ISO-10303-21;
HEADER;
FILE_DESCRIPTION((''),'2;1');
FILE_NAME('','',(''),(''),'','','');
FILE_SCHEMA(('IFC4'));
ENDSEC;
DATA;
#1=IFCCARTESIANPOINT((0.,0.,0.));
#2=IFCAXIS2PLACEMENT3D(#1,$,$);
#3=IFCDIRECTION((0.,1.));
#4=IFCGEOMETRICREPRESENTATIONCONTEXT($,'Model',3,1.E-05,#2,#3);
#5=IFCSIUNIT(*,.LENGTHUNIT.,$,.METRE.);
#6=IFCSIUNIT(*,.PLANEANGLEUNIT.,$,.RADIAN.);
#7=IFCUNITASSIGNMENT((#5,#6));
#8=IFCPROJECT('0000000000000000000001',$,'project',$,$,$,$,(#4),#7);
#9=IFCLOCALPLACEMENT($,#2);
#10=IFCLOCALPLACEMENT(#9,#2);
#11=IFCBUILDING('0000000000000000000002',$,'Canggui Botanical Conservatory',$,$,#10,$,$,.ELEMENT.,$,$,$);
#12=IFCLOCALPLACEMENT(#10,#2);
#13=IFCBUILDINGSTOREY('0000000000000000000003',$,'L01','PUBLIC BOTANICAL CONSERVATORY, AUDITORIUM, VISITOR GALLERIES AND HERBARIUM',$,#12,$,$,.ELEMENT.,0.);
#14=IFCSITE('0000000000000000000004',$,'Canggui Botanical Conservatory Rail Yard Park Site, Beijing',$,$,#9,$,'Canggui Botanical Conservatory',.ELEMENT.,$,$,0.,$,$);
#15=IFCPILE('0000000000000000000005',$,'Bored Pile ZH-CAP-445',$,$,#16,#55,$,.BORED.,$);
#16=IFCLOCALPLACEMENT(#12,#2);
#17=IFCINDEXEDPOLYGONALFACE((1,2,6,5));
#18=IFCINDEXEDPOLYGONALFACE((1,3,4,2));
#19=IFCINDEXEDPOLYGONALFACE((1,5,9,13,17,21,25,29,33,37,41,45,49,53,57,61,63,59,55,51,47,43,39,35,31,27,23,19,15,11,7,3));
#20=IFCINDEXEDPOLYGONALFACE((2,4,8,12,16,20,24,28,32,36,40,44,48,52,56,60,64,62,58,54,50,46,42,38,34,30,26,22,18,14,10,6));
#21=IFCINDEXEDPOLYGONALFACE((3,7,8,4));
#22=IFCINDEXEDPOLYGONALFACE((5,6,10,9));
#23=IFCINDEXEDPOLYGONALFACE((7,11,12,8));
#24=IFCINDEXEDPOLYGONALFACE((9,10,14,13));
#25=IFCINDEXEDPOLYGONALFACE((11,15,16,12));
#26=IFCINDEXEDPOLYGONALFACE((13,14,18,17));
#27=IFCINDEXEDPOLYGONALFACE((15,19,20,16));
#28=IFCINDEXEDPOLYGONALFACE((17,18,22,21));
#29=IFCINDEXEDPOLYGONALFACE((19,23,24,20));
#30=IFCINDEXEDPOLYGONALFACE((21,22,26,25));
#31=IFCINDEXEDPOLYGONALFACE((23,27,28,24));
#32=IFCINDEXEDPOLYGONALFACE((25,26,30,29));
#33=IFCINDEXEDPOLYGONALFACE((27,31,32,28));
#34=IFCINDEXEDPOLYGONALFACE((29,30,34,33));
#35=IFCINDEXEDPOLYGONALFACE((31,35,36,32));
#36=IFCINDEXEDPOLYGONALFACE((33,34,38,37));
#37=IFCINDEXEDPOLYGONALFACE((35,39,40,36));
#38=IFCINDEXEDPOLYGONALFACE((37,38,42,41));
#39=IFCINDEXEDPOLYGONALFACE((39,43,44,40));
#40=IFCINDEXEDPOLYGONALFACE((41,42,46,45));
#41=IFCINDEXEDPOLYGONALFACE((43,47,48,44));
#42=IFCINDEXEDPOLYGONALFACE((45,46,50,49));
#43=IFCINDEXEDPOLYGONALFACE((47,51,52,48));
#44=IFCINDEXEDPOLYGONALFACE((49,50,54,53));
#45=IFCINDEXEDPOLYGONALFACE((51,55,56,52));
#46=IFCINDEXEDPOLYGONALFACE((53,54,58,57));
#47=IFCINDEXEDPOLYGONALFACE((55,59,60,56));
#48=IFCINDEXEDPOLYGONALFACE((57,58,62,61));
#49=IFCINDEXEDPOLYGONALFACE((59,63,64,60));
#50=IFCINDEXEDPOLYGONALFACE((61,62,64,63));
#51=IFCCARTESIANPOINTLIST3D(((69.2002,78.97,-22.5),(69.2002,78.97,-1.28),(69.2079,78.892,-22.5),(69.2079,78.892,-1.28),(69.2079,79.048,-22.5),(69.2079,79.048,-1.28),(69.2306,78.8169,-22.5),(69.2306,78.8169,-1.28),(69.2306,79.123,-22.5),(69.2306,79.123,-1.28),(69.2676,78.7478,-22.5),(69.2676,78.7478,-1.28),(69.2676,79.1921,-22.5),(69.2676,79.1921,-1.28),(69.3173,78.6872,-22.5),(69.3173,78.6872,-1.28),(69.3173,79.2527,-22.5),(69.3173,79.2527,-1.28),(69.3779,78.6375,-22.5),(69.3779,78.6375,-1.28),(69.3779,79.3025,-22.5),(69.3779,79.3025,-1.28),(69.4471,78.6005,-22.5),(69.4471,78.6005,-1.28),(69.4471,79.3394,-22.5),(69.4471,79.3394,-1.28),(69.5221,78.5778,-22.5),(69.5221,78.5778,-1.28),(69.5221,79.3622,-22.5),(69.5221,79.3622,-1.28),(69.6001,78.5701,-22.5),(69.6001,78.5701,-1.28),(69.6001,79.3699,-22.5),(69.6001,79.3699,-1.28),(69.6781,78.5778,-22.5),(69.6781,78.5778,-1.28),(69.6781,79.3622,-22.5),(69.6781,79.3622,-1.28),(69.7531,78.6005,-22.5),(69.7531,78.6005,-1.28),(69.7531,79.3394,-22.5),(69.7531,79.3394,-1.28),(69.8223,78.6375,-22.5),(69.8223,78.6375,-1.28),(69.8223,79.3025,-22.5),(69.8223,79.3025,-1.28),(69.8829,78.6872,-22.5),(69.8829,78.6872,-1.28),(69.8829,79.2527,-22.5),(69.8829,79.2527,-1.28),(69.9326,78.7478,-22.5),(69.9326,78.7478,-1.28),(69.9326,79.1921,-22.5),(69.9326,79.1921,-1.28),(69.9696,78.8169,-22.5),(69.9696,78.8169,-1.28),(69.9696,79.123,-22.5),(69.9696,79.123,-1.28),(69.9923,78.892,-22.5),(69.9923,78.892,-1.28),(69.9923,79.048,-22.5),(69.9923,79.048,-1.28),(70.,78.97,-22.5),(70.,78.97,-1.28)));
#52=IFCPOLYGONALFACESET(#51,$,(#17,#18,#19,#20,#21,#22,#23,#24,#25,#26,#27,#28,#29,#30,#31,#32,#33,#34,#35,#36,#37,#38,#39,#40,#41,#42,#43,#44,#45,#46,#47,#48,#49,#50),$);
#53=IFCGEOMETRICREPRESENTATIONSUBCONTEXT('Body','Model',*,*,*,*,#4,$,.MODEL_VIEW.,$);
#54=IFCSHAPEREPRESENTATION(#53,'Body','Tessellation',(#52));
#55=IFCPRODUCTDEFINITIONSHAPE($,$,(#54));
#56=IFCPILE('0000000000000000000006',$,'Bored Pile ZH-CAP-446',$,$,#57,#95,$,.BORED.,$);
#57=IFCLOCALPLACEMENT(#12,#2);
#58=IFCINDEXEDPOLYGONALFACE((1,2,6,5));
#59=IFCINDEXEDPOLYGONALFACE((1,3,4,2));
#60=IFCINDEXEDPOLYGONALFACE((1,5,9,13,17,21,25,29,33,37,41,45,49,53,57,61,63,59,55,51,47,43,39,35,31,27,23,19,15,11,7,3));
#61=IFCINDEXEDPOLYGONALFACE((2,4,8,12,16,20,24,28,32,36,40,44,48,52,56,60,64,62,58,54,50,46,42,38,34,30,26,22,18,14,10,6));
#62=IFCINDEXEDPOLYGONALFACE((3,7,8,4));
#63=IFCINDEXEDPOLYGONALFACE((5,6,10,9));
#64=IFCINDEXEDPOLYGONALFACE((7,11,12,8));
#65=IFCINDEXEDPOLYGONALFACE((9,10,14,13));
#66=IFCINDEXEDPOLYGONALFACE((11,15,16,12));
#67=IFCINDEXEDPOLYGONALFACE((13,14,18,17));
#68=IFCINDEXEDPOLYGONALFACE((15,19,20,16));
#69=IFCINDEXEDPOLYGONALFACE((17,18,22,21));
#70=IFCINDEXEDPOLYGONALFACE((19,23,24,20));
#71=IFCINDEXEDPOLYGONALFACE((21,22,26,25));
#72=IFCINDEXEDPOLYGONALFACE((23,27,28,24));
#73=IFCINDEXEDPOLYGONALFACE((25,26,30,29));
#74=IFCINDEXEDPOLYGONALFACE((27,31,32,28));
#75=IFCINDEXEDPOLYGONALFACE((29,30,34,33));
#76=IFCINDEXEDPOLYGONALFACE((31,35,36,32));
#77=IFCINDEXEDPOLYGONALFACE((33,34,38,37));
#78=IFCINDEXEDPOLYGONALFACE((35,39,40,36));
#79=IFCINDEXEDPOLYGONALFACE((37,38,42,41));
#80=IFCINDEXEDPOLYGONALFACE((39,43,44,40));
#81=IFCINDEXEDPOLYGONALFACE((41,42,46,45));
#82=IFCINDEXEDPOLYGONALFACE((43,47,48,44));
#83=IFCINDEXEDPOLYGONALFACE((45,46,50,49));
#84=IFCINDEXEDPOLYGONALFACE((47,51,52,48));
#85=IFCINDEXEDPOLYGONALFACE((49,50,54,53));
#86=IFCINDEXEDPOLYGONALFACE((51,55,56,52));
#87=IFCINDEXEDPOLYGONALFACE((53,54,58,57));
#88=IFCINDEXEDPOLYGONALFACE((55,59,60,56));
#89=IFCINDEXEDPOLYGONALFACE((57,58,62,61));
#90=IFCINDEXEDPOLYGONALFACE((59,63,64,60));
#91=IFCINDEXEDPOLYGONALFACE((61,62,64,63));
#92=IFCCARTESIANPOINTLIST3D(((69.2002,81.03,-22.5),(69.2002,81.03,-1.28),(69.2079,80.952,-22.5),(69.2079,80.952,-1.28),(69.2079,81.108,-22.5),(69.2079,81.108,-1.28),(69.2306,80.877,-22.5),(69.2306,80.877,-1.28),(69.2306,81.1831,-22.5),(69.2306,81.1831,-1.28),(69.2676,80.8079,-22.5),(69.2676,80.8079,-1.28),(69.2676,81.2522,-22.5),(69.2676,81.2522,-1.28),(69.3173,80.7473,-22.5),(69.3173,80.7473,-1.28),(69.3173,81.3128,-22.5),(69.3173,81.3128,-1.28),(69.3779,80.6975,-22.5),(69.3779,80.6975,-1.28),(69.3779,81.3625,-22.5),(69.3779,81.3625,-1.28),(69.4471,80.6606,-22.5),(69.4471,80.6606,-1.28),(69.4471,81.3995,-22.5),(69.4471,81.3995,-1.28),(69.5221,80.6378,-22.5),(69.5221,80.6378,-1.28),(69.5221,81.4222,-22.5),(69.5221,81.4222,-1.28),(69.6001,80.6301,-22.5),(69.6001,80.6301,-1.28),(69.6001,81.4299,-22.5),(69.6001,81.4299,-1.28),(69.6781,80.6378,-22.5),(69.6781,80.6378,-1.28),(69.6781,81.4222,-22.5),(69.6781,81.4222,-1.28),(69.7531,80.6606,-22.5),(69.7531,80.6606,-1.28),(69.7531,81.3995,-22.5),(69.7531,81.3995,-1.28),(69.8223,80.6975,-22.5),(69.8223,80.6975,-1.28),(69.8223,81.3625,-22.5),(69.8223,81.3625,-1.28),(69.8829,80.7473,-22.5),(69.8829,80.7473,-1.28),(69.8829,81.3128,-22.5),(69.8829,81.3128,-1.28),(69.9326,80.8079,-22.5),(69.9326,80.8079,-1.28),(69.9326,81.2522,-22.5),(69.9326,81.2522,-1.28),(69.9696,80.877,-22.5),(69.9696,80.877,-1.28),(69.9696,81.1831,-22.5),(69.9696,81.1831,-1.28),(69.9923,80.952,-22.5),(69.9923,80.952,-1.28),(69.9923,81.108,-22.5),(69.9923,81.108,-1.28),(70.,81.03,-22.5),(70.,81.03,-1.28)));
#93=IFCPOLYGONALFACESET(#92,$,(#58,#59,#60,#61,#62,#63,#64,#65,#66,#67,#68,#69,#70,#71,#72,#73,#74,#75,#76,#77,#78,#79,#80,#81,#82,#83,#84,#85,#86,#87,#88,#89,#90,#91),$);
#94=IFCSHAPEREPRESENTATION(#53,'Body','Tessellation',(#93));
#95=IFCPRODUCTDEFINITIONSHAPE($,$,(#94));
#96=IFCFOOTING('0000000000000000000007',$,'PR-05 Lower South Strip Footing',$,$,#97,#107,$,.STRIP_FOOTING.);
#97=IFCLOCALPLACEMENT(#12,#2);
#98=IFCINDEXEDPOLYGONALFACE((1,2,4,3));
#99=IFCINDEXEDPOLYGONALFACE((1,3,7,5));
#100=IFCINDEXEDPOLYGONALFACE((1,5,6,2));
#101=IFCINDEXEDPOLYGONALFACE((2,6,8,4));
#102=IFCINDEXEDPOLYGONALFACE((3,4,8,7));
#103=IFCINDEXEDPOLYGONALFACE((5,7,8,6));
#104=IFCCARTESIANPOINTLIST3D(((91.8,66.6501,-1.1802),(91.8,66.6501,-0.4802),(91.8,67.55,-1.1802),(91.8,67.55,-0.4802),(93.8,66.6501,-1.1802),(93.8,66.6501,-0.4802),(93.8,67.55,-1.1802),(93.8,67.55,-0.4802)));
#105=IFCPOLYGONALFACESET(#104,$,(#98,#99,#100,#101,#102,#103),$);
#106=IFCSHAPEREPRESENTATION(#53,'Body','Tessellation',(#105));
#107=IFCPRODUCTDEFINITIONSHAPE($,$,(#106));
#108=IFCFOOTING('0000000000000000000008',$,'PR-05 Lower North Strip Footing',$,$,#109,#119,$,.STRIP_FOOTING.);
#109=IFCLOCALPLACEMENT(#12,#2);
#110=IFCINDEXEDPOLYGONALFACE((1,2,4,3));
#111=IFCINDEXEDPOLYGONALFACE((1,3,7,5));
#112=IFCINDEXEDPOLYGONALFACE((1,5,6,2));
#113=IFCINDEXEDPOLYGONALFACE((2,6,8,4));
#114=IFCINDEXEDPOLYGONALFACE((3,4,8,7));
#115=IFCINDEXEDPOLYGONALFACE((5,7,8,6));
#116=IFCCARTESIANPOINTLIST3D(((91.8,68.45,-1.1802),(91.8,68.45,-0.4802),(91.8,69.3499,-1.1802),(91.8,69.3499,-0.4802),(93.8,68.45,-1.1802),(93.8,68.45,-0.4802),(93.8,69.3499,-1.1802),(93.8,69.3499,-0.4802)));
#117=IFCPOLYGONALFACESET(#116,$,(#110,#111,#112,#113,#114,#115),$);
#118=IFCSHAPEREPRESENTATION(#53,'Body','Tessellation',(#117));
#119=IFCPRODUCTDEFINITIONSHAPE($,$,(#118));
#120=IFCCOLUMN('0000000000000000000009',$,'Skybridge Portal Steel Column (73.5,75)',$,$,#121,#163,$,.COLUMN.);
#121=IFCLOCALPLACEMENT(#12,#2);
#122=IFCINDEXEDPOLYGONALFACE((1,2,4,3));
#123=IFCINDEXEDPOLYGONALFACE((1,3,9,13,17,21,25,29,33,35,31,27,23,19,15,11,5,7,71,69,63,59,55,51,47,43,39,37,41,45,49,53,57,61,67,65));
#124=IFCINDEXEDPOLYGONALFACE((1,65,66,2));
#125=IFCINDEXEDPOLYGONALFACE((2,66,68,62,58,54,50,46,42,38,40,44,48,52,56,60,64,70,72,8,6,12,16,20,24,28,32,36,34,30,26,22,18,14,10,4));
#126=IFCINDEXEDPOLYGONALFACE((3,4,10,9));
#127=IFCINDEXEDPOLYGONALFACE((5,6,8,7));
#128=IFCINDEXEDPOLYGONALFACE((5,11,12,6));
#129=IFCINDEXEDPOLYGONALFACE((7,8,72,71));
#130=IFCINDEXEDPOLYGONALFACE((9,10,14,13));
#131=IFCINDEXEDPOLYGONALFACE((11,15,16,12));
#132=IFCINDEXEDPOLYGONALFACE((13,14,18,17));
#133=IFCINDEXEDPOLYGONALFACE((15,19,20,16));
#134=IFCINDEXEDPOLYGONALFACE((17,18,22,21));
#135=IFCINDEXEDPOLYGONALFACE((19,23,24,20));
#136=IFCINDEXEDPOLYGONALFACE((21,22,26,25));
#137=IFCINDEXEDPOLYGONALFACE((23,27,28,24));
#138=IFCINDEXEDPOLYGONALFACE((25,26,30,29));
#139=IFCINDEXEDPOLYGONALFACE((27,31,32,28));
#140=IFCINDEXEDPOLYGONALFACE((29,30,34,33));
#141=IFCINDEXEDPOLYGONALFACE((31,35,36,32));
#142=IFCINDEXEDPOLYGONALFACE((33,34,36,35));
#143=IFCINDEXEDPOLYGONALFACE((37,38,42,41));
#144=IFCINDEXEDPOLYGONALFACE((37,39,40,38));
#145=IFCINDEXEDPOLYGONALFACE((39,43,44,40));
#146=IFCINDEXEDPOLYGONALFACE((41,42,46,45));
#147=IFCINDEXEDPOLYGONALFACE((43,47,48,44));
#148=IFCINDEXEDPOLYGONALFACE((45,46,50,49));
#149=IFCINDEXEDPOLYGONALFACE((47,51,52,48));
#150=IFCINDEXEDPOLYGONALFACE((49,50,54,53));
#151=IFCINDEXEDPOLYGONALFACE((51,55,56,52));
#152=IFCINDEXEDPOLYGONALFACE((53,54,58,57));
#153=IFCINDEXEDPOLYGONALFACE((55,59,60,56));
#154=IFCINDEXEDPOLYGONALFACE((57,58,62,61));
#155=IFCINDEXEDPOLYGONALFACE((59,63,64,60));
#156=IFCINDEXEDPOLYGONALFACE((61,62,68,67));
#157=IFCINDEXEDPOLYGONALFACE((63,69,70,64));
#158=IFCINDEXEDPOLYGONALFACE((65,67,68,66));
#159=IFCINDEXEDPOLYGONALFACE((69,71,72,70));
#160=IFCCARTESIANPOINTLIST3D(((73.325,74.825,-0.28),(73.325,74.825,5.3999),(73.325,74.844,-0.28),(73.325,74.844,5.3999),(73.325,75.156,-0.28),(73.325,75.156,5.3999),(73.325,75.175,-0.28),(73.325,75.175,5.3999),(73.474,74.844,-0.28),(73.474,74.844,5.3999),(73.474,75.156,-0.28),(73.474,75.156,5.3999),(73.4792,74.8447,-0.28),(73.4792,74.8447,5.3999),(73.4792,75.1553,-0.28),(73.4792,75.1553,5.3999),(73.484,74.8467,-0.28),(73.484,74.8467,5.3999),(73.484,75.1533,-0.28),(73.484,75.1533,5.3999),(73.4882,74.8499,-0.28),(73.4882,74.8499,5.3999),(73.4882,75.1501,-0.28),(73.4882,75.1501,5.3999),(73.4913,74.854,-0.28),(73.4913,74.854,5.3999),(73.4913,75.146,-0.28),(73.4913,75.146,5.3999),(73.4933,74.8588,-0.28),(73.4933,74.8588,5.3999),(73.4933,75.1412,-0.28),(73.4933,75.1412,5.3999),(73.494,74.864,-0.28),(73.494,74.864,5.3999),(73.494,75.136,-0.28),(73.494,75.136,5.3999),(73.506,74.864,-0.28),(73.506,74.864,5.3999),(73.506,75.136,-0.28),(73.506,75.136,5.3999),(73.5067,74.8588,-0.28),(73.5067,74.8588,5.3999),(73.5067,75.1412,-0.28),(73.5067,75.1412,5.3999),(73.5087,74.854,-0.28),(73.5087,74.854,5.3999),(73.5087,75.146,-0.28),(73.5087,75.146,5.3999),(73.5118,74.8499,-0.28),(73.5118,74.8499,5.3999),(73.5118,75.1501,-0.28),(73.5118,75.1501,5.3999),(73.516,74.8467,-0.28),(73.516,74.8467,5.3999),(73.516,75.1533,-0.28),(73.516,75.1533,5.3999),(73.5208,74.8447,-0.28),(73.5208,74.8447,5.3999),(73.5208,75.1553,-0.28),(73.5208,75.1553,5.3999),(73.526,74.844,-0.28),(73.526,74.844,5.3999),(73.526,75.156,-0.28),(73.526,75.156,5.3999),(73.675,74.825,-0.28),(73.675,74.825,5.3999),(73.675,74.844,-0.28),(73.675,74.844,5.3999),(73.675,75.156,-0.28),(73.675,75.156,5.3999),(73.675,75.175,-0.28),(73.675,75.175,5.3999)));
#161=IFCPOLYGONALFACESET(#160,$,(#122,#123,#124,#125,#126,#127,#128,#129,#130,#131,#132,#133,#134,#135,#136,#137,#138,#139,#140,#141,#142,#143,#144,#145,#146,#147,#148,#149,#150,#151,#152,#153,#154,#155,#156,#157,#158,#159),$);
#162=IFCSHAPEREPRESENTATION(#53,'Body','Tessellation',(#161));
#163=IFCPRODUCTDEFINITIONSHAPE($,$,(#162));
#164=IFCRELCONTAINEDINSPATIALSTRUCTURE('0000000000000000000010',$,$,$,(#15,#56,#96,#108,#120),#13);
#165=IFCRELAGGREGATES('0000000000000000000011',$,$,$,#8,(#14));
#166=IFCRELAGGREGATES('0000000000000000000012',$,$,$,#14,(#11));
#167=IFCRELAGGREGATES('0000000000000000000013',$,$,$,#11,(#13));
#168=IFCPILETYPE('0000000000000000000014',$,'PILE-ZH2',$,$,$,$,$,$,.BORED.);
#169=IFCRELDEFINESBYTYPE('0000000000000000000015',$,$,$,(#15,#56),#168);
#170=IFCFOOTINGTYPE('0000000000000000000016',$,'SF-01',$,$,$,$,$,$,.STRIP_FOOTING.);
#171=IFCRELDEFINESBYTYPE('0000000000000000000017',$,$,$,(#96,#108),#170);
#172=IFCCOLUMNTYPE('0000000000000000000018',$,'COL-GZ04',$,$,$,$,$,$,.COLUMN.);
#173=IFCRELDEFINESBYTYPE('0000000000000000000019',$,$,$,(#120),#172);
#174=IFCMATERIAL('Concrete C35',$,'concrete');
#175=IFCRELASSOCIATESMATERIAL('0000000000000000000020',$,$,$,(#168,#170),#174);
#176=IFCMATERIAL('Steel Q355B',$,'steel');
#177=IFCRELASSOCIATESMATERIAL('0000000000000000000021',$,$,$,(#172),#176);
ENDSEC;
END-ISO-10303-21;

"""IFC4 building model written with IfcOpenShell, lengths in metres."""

from ifc_helpers import new_model, si_unit, direction, frame, origin, origin_2d, place, context, subcontext, project, spatial, rectangle, circle, i_section, extrude, material, material_profile, profile_set, type_object, element, save


model = new_model("IFC4")

# Units and contexts
model_context = context("Model", 3, precision=1e-05, world=origin(), true_north=direction((0.0, 1.0)))
body_context = subcontext(model_context, "Body", "Model", "MODEL_VIEW")
ifc_project = project(units=[si_unit("LENGTHUNIT", "METRE"), si_unit("PLANEANGLEUNIT", "RADIAN")], contexts=[model_context])

# Site, building, storey
site_placement = place(None, origin())
site = spatial("IfcSite", under=ifc_project, at=site_placement, Name="Canggui Botanical Conservatory Rail Yard Park Site, Beijing", LongName="Canggui Botanical Conservatory", CompositionType="ELEMENT", RefElevation=0.0)
building_placement = place(site_placement, origin())
building = spatial("IfcBuilding", under=site, at=building_placement, Name="Canggui Botanical Conservatory", CompositionType="ELEMENT")
storey_placement = place(building_placement, origin())
storey = spatial("IfcBuildingStorey", under=building, at=storey_placement, Name="L01", Description="PUBLIC BOTANICAL CONSERVATORY, AUDITORIUM, VISITOR GALLERIES AND HERBARIUM", CompositionType="ELEMENT", Elevation=0.0)

# Shared definitions
ifc_material_1 = material(Name="Concrete C35", Category="concrete")

# Piles
ifc_material_profile_1 = material_profile(ifc_material_1, circle(Radius=0.3999, at=origin_2d()), Name="PILE D800")
ifc_profile_set_1 = profile_set([ifc_material_profile_1], Name="Concrete C35")
pile_type = type_object("IfcPileType", Name="PILE-ZH2", PredefinedType="BORED", material=ifc_profile_set_1)
for number, where, z_axis, x_axis, name in (
    (1, (69.6001, 78.97, -1.28), (0.0, 0.0, -1.0), (1.0, 0.0, 0.0), "Bored Pile ZH-CAP-445"),
    (2, (69.6001, 81.03, -1.28), (0.0, 0.0, -1.0), (1.0, 0.0, 0.0), "Bored Pile ZH-CAP-446"),
):
    element("IfcPile", number, at=place(storey_placement, frame(where, z_axis=z_axis, x_axis=x_axis)), inside=storey, type_object=pile_type, Name=name, PredefinedType="BORED", context=body_context, shape_type="SweptSolid", body=[
        extrude(circle(Radius=0.3999, at=origin_2d()), origin(), (0.0, 0.0, 1.0), 21.22),
    ])

# Footings
footing_type_1 = type_object("IfcFootingType", Name="SF-01", PredefinedType="STRIP_FOOTING", material=ifc_material_1)
for number, where, z_axis, x_axis, name in (
    (3, (92.8, 67.1001, -1.1802), (0.0, 0.0, 1.0), (1.0, 0.0, 0.0), "PR-05 Lower South Strip Footing"),
    (4, (92.8, 68.8999, -1.1802), (0.0, 0.0, 1.0), (1.0, 0.0, 0.0), "PR-05 Lower North Strip Footing"),
):
    element("IfcFooting", number, at=place(storey_placement, frame(where, z_axis=z_axis, x_axis=x_axis)), inside=storey, type_object=footing_type_1, Name=name, PredefinedType="STRIP_FOOTING", context=body_context, shape_type="SweptSolid", body=[
        extrude(rectangle(XDim=2.0, YDim=0.8999, at=origin_2d()), origin(), (0.0, 0.0, 1.0), 0.7),
    ])

# Column
ifc_material_2 = material(Name="Steel Q355B", Category="steel")
ifc_material_profile_2 = material_profile(ifc_material_2, i_section(OverallWidth=0.3501, OverallDepth=0.3501, WebThickness=0.012, FlangeThickness=0.019, FilletRadius=0.02, at=origin_2d()), Name="HW 350x350x12x19")
ifc_profile_set_2 = profile_set([ifc_material_profile_2], Name="Steel Q355B")
column_type = type_object("IfcColumnType", Name="COL-GZ04", PredefinedType="COLUMN", material=ifc_profile_set_2)
for number, where, z_axis, x_axis, name in (
    (5, (73.5, 75.0, -0.28), (0.0, 0.0, 1.0), (1.0, 0.0, 0.0), "Skybridge Portal Steel Column (73.5,75)"),
):
    element("IfcColumn", number, at=place(storey_placement, frame(where, z_axis=z_axis, x_axis=x_axis)), inside=storey, type_object=column_type, Name=name, PredefinedType="COLUMN", context=body_context, shape_type="SweptSolid", body=[
        extrude(i_section(OverallWidth=0.3501, OverallDepth=0.3501, WebThickness=0.012, FlangeThickness=0.019, FilletRadius=0.02, at=origin_2d()), origin(), (0.0, 0.0, 1.0), 5.6799),
    ])

save(model, "model.ifc")
